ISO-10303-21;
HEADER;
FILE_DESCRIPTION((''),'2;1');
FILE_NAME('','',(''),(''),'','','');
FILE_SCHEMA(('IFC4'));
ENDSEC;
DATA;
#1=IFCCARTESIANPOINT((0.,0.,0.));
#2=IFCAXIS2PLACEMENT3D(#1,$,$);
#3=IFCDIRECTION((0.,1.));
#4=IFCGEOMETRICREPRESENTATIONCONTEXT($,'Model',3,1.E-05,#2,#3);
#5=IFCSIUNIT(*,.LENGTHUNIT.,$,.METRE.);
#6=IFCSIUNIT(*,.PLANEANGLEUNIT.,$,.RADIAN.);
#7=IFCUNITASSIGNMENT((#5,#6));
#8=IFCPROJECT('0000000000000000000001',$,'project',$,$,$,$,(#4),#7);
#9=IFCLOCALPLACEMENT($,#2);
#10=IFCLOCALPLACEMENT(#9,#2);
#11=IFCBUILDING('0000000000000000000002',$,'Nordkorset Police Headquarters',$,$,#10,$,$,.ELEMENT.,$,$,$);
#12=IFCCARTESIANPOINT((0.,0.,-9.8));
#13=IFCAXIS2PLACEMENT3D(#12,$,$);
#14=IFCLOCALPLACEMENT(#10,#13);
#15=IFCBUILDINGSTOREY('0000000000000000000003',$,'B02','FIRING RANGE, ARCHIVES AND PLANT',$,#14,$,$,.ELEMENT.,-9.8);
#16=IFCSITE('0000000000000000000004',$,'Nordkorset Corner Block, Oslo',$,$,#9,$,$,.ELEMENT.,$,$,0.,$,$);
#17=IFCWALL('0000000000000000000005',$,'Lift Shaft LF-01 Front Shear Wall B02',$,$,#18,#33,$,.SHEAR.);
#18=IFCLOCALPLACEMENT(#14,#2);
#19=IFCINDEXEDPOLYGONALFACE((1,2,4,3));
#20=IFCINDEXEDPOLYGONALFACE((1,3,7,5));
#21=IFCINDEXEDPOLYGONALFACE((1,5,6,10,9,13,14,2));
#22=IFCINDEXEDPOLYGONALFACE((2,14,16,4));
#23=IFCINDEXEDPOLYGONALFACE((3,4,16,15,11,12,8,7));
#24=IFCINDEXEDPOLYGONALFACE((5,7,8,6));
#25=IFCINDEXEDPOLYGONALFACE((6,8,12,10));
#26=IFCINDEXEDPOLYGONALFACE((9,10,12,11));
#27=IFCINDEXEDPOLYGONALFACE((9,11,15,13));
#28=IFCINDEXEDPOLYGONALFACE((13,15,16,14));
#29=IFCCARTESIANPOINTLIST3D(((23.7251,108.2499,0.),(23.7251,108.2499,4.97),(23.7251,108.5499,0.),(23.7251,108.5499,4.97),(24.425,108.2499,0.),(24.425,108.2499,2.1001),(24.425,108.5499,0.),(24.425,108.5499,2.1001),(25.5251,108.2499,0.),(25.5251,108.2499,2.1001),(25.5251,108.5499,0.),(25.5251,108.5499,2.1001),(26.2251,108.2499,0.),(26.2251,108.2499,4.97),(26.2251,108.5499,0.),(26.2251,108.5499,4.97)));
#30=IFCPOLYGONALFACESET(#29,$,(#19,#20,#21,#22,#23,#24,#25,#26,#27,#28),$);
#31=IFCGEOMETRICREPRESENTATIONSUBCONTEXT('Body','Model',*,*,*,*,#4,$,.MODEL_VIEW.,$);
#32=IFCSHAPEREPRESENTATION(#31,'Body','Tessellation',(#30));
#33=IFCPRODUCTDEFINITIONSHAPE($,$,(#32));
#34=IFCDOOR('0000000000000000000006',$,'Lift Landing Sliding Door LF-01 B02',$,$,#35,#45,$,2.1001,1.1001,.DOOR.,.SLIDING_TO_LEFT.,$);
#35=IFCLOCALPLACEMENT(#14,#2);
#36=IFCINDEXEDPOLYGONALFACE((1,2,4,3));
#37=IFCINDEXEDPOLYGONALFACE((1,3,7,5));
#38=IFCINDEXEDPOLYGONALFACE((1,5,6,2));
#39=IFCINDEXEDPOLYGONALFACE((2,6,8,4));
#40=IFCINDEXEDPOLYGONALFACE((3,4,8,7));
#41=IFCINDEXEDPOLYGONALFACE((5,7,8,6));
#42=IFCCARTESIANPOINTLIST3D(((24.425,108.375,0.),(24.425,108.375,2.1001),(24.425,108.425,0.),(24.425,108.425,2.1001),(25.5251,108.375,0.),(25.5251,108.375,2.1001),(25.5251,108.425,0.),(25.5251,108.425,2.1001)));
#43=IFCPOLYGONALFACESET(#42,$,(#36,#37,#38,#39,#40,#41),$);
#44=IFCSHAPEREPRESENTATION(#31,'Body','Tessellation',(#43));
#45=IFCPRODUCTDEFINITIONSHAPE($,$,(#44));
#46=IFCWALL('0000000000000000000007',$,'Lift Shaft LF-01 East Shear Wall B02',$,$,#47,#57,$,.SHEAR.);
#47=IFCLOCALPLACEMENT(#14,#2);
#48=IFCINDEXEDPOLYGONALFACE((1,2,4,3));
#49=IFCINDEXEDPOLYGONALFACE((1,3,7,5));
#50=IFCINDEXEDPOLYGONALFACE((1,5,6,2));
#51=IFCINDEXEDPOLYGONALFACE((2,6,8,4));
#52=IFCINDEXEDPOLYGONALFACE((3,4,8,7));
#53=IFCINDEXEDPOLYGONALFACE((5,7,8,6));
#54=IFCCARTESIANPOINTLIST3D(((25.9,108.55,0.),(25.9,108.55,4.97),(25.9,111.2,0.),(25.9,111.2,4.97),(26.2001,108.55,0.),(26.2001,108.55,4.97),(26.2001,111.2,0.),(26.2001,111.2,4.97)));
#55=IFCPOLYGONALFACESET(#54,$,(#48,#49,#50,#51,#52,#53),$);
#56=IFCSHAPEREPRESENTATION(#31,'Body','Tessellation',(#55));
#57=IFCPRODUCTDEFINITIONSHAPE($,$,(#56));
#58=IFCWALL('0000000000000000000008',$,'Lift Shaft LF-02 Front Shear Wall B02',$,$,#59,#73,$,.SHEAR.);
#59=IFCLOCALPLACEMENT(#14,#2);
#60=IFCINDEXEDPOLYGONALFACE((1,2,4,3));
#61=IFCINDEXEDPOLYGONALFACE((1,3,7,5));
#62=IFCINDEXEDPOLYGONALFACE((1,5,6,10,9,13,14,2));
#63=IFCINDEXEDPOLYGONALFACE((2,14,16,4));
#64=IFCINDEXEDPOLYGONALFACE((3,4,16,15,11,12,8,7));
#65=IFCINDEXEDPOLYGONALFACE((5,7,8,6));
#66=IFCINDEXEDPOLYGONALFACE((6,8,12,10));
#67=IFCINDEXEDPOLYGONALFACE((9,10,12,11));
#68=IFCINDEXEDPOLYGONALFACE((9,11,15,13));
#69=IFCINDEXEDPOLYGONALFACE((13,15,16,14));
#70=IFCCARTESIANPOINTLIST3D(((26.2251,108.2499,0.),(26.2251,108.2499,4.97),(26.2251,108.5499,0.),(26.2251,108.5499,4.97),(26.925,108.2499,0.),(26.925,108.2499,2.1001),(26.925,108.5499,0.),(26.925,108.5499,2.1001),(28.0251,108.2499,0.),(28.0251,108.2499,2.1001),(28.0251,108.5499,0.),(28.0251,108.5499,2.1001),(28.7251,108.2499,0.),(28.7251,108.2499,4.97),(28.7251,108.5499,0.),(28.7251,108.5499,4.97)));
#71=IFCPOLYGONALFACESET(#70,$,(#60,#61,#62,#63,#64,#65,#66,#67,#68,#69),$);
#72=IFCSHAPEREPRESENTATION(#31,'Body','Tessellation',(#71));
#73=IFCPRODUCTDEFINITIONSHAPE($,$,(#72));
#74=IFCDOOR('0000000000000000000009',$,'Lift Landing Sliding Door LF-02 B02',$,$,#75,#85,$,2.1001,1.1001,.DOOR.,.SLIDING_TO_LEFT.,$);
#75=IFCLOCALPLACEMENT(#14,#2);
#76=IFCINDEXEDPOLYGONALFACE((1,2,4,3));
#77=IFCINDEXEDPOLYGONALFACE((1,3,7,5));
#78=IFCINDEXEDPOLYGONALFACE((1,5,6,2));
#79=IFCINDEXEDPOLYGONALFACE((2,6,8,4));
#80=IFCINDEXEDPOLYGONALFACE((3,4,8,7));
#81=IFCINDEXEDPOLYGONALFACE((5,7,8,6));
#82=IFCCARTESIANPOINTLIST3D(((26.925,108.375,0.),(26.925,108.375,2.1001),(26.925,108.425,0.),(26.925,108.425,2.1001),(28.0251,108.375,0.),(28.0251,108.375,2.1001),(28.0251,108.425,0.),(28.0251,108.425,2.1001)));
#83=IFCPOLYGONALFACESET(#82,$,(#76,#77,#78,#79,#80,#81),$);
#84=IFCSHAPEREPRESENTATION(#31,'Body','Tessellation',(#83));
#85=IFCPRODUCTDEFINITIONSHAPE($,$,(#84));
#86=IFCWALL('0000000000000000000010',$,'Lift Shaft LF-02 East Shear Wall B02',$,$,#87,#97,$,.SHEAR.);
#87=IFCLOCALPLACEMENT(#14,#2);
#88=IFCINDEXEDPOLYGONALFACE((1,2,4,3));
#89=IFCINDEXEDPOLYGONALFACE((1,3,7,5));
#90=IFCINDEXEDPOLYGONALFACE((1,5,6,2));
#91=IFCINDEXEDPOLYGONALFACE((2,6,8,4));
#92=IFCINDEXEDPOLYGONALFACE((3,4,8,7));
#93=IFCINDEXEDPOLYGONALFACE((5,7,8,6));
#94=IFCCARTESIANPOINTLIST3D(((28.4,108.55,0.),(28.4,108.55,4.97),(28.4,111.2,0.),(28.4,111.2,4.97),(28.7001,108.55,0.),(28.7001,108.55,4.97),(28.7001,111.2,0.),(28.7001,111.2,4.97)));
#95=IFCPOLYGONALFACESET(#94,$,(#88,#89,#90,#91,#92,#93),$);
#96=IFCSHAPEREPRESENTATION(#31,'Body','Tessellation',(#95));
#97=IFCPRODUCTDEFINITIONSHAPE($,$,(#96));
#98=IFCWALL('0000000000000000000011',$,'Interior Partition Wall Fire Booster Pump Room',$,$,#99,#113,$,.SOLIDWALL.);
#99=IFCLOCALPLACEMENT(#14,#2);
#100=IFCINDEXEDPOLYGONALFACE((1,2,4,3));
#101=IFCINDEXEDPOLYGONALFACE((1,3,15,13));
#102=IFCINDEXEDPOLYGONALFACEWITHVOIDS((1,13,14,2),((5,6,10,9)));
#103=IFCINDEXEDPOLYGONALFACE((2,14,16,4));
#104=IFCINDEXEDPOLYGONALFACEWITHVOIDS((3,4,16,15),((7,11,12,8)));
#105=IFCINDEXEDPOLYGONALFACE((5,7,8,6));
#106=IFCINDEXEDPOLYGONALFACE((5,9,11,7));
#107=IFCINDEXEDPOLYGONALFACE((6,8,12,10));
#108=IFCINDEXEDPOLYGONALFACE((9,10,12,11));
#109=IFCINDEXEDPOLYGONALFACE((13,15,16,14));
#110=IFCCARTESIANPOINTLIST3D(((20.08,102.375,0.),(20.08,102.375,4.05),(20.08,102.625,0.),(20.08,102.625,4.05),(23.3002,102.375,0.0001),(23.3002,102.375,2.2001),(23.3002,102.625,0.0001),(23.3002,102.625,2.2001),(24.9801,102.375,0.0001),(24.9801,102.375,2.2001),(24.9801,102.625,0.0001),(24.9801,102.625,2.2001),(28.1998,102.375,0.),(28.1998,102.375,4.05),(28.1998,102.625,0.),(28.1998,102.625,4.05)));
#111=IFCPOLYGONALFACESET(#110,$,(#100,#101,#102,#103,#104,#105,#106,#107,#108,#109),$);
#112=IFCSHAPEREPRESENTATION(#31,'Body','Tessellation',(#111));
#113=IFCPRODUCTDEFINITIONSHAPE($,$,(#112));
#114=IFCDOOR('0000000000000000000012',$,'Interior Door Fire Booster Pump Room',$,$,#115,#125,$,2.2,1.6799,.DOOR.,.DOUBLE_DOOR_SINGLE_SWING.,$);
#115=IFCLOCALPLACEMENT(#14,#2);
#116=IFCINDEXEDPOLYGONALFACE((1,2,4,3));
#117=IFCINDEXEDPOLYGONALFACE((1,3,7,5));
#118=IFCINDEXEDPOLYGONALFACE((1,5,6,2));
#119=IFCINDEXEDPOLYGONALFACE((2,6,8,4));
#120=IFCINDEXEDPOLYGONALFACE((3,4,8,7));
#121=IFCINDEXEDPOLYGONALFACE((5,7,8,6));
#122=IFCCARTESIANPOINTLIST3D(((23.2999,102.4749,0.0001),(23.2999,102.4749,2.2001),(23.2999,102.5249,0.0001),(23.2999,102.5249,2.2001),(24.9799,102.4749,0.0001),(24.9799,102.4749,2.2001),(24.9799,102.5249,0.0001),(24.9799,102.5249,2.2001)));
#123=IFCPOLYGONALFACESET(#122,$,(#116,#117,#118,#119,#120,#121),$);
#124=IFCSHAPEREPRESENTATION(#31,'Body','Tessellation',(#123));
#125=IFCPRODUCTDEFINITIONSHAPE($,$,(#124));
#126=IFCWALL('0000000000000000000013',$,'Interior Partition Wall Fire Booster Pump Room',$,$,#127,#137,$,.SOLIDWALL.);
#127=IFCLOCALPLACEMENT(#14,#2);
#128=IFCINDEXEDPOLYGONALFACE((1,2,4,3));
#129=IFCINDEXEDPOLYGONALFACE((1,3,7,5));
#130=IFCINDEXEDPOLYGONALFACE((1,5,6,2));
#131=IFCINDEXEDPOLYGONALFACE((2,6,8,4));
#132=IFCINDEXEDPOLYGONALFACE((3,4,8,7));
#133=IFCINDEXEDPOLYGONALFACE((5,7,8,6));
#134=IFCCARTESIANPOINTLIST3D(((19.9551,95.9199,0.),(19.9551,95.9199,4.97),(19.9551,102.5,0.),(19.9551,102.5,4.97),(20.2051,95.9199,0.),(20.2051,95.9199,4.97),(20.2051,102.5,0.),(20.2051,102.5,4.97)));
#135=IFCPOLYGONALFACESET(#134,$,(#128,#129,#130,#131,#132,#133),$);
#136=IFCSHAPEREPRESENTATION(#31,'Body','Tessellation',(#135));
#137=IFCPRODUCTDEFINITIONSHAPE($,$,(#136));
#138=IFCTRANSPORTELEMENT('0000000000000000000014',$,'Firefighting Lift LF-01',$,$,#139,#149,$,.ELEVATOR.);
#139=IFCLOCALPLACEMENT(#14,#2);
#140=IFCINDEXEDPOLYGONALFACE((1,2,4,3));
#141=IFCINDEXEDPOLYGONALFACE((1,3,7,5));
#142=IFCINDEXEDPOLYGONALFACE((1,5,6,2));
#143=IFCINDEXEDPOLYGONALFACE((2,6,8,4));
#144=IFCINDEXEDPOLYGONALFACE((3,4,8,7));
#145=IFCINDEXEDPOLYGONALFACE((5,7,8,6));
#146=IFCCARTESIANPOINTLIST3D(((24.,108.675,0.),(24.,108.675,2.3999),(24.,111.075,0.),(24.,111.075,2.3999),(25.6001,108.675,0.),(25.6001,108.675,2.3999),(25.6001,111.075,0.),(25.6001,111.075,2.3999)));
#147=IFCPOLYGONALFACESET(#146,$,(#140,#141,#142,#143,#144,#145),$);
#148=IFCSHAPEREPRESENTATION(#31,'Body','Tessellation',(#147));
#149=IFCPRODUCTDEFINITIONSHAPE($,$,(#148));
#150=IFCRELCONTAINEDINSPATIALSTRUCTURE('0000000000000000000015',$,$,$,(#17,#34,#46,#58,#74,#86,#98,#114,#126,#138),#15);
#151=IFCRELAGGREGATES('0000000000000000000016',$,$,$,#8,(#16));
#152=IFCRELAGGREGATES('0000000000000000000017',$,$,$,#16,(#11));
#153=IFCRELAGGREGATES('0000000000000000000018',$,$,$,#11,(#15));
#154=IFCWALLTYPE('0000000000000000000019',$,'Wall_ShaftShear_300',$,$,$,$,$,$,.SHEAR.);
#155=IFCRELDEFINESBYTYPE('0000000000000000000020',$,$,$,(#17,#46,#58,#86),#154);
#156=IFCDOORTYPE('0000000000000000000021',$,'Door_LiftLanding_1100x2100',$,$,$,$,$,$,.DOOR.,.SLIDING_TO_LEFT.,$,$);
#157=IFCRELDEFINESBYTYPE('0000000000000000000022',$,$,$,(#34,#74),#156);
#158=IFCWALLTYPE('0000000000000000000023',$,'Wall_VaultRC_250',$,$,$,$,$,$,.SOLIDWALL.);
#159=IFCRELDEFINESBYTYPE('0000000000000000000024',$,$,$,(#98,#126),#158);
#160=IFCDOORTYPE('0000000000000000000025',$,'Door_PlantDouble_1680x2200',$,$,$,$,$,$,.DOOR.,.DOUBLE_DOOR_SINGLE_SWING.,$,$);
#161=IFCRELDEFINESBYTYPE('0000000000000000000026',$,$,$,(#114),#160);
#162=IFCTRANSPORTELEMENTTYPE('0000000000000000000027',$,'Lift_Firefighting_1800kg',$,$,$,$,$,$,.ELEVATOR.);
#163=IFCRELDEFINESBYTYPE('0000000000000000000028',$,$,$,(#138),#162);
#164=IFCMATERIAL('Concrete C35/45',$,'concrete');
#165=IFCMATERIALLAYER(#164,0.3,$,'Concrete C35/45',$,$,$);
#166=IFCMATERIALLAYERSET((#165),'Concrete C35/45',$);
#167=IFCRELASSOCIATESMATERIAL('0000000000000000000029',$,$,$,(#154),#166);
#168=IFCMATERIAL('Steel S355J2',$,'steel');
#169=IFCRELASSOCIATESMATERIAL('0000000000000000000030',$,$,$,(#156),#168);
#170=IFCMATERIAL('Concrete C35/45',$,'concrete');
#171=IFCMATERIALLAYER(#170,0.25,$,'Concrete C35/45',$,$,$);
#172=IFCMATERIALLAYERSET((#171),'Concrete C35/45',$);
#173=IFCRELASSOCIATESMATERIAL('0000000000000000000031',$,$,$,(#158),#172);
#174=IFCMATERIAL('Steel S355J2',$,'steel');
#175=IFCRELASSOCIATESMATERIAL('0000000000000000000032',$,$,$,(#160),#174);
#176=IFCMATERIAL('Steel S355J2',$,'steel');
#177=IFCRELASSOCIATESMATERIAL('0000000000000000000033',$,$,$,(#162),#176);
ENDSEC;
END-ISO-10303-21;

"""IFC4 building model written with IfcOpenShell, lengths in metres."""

from ifc_helpers import new_model, si_unit, direction, frame, frame_2d, origin, origin_2d, place, context, subcontext, project, spatial, rectangle, extrude, material, layer, layer_set, type_object, element, fill, save


model = new_model("IFC4")

# Units and contexts
model_context = context("Model", 3, precision=1e-05, world=origin(), true_north=direction((0.0, 1.0)))
body_context = subcontext(model_context, "Body", "Model", "MODEL_VIEW")
ifc_project = project(units=[si_unit("LENGTHUNIT", "METRE"), si_unit("PLANEANGLEUNIT", "RADIAN")], contexts=[model_context])

# Site, building, storey
site_placement = place(None, origin())
site = spatial("IfcSite", under=ifc_project, at=site_placement, Name="Nordkorset Corner Block, Oslo", CompositionType="ELEMENT", RefElevation=0.0)
building_placement = place(site_placement, origin())
building = spatial("IfcBuilding", under=site, at=building_placement, Name="Nordkorset Police Headquarters", CompositionType="ELEMENT")
storey_placement = place(building_placement, frame((0.0, 0.0, -9.8)))
storey = spatial("IfcBuildingStorey", under=building, at=storey_placement, Name="B02", Description="FIRING RANGE, ARCHIVES AND PLANT", CompositionType="ELEMENT", Elevation=-9.8)

# Wall, opening, door
ifc_material_1 = material(Name="Concrete C35/45", Category="concrete")
ifc_layer_1 = layer(ifc_material_1, 0.3, Name="Concrete C35/45")
ifc_layer_set_1 = layer_set([ifc_layer_1], Name="Concrete C35/45")
wall_type_1 = type_object("IfcWallType", Name="Wall_ShaftShear_300", PredefinedType="SHEAR", material=ifc_layer_set_1)
wall_1_placement = place(storey_placement, frame((23.7251, 108.3999, 0.0), z_axis=(0.0, 0.0, 1.0), x_axis=(1.0, 0.0, 0.0)))
wall_1 = element("IfcWall", 1, at=wall_1_placement, inside=storey, type_object=wall_type_1, Name="Lift Shaft LF-01 Front Shear Wall B02", PredefinedType="SHEAR", context=body_context, shape_type="SweptSolid", body=[
    extrude(rectangle(XDim=2.5, YDim=0.3, at=frame_2d((1.25, 0.0))), origin(), (0.0, 0.0, 1.0), 4.97),
])
opening_1_placement = place(wall_1_placement, frame((0.7, 0.0, 0.0)))
opening_1 = element("IfcOpeningElement", 2, at=opening_1_placement, cuts=wall_1, PredefinedType="OPENING", context=body_context, shape_type="SweptSolid", body=[
    extrude(rectangle(XDim=1.1001, YDim=2.1001, at=frame_2d((0.55, 1.05))), frame((0.0, 0.1602, 0.0), z_axis=(0.0, -1.0, 0.0), x_axis=(1.0, 0.0, 0.0)), (0.0, 0.0, 1.0), 0.3201),
])
ifc_material_2 = material(Name="Steel S355J2", Category="steel")
door_type_1 = type_object("IfcDoorType", Name="Door_LiftLanding_1100x2100", OperationType="SLIDING_TO_LEFT", PredefinedType="DOOR", material=ifc_material_2)
door_1_placement = place(opening_1_placement, frame((1.1001, 0.0, 0.0), z_axis=(0.0, 0.0, 1.0), x_axis=(-1.0, 0.0, 0.0)))
door_1 = element("IfcDoor", 3, at=door_1_placement, inside=storey, type_object=door_type_1, Name="Lift Landing Sliding Door LF-01 B02", OperationType="SLIDING_TO_LEFT", OverallHeight=2.1001, OverallWidth=1.1001, PredefinedType="DOOR", context=body_context, shape_type="SweptSolid", body=[
    extrude(rectangle(XDim=1.1001, YDim=2.1001, at=frame_2d((0.55, 1.05))), frame((0.0, 0.0249, 0.0), z_axis=(0.0, -1.0, 0.0), x_axis=(1.0, 0.0, 0.0)), (0.0, 0.0, 1.0), 0.05),
])
fill(opening_1, door_1)

# Wall
wall_2_placement = place(storey_placement, frame((26.05, 108.55, 0.0), z_axis=(0.0, 0.0, 1.0), x_axis=(0.0, 1.0, 0.0)))
element("IfcWall", 4, at=wall_2_placement, inside=storey, type_object=wall_type_1, Name="Lift Shaft LF-01 East Shear Wall B02", PredefinedType="SHEAR", context=body_context, shape_type="SweptSolid", body=[
    extrude(rectangle(XDim=2.6499, YDim=0.3, at=frame_2d((1.325, 0.0))), origin(), (0.0, 0.0, 1.0), 4.97),
])

# Wall, opening, door
wall_3_placement = place(storey_placement, frame((26.2251, 108.3999, 0.0), z_axis=(0.0, 0.0, 1.0), x_axis=(1.0, 0.0, 0.0)))
wall_3 = element("IfcWall", 5, at=wall_3_placement, inside=storey, type_object=wall_type_1, Name="Lift Shaft LF-02 Front Shear Wall B02", PredefinedType="SHEAR", context=body_context, shape_type="SweptSolid", body=[
    extrude(rectangle(XDim=2.5, YDim=0.3, at=frame_2d((1.25, 0.0))), origin(), (0.0, 0.0, 1.0), 4.97),
])
opening_2_placement = place(wall_3_placement, frame((0.7, 0.0, 0.0)))
opening_2 = element("IfcOpeningElement", 6, at=opening_2_placement, cuts=wall_3, PredefinedType="OPENING", context=body_context, shape_type="SweptSolid", body=[
    extrude(rectangle(XDim=1.1001, YDim=2.1001, at=frame_2d((0.55, 1.05))), frame((0.0, 0.1602, 0.0), z_axis=(0.0, -1.0, 0.0), x_axis=(1.0, 0.0, 0.0)), (0.0, 0.0, 1.0), 0.3201),
])
door_2_placement = place(opening_2_placement, frame((1.1001, 0.0, 0.0), z_axis=(0.0, 0.0, 1.0), x_axis=(-1.0, 0.0, 0.0)))
door_2 = element("IfcDoor", 7, at=door_2_placement, inside=storey, type_object=door_type_1, Name="Lift Landing Sliding Door LF-02 B02", OperationType="SLIDING_TO_LEFT", OverallHeight=2.1001, OverallWidth=1.1001, PredefinedType="DOOR", context=body_context, shape_type="SweptSolid", body=[
    extrude(rectangle(XDim=1.1001, YDim=2.1001, at=frame_2d((0.55, 1.05))), frame((0.0, 0.0249, 0.0), z_axis=(0.0, -1.0, 0.0), x_axis=(1.0, 0.0, 0.0)), (0.0, 0.0, 1.0), 0.05),
])
fill(opening_2, door_2)

# Wall
wall_4_placement = place(storey_placement, frame((28.55, 108.55, 0.0), z_axis=(0.0, 0.0, 1.0), x_axis=(0.0, 1.0, 0.0)))
element("IfcWall", 8, at=wall_4_placement, inside=storey, type_object=wall_type_1, Name="Lift Shaft LF-02 East Shear Wall B02", PredefinedType="SHEAR", context=body_context, shape_type="SweptSolid", body=[
    extrude(rectangle(XDim=2.6499, YDim=0.3, at=frame_2d((1.325, 0.0))), origin(), (0.0, 0.0, 1.0), 4.97),
])

# Wall, opening, door
ifc_material_3 = material(Name="Concrete C35/45", Category="concrete")
ifc_layer_2 = layer(ifc_material_3, 0.25, Name="Concrete C35/45")
ifc_layer_set_2 = layer_set([ifc_layer_2], Name="Concrete C35/45")
wall_type_2 = type_object("IfcWallType", Name="Wall_VaultRC_250", PredefinedType="SOLIDWALL", material=ifc_layer_set_2)
wall_5_placement = place(storey_placement, frame((28.2, 102.5, 0.0), z_axis=(0.0, 0.0, 1.0), x_axis=(-1.0, 0.0, 0.0)))
wall_5 = element("IfcWall", 9, at=wall_5_placement, inside=storey, type_object=wall_type_2, Name="Interior Partition Wall Fire Booster Pump Room", PredefinedType="SOLIDWALL", context=body_context, shape_type="SweptSolid", body=[
    extrude(rectangle(XDim=8.1199, YDim=0.25, at=frame_2d((4.0601, 0.0))), origin(), (0.0, 0.0, 1.0), 4.05),
])
opening_3_placement = place(wall_5_placement, frame((3.22, 0.0, 0.0)))
opening_3 = element("IfcOpeningElement", 10, at=opening_3_placement, cuts=wall_5, PredefinedType="OPENING", context=body_context, shape_type="SweptSolid", body=[
    extrude(rectangle(XDim=1.6799, YDim=2.2, at=frame_2d((0.8398, 1.1001))), frame((0.0, 0.135, 0.0), z_axis=(0.0, -1.0, 0.0), x_axis=(1.0, 0.0, 0.0)), (0.0, 0.0, 1.0), 0.27),
])
ifc_material_4 = material(Name="Steel S355J2", Category="steel")
door_type_2 = type_object("IfcDoorType", Name="Door_PlantDouble_1680x2200", OperationType="DOUBLE_DOOR_SINGLE_SWING", PredefinedType="DOOR", material=ifc_material_4)
door_3_placement = place(opening_3_placement, frame((1.6799, 0.0, 0.0), z_axis=(0.0, 0.0, 1.0), x_axis=(-1.0, 0.0, 0.0)))
door_3 = element("IfcDoor", 11, at=door_3_placement, inside=storey, type_object=door_type_2, Name="Interior Door Fire Booster Pump Room", OperationType="DOUBLE_DOOR_SINGLE_SWING", OverallHeight=2.2, OverallWidth=1.6799, PredefinedType="DOOR", context=body_context, shape_type="SweptSolid", body=[
    extrude(rectangle(XDim=1.6799, YDim=2.2, at=frame_2d((0.8398, 1.1001))), frame((0.0, 0.0249, 0.0), z_axis=(0.0, -1.0, 0.0), x_axis=(1.0, 0.0, 0.0)), (0.0, 0.0, 1.0), 0.05),
])
fill(opening_3, door_3)

# Wall
wall_6_placement = place(storey_placement, frame((20.0801, 102.5, 0.0), z_axis=(0.0, 0.0, 1.0), x_axis=(0.0, -1.0, 0.0)))
element("IfcWall", 12, at=wall_6_placement, inside=storey, type_object=wall_type_2, Name="Interior Partition Wall Fire Booster Pump Room", PredefinedType="SOLIDWALL", context=body_context, shape_type="SweptSolid", body=[
    extrude(rectangle(XDim=6.5801, YDim=0.25, at=frame_2d((3.29, 0.0))), origin(), (0.0, 0.0, 1.0), 4.97),
])

# Transport element
ifc_material_5 = material(Name="Steel S355J2", Category="steel")
transport_element_type = type_object("IfcTransportElementType", Name="Lift_Firefighting_1800kg", PredefinedType="ELEVATOR", material=ifc_material_5)
transport_element_placement = place(storey_placement, frame((24.8, 109.875, 0.0), z_axis=(0.0, 0.0, 1.0), x_axis=(1.0, 0.0, 0.0)))
element("IfcTransportElement", 13, at=transport_element_placement, inside=storey, type_object=transport_element_type, Name="Firefighting Lift LF-01", PredefinedType="ELEVATOR", context=body_context, shape_type="SweptSolid", body=[
    extrude(rectangle(XDim=1.6001, YDim=2.3999, at=origin_2d()), origin(), (0.0, 0.0, 1.0), 2.3999),
])

save(model, "model.ifc")
